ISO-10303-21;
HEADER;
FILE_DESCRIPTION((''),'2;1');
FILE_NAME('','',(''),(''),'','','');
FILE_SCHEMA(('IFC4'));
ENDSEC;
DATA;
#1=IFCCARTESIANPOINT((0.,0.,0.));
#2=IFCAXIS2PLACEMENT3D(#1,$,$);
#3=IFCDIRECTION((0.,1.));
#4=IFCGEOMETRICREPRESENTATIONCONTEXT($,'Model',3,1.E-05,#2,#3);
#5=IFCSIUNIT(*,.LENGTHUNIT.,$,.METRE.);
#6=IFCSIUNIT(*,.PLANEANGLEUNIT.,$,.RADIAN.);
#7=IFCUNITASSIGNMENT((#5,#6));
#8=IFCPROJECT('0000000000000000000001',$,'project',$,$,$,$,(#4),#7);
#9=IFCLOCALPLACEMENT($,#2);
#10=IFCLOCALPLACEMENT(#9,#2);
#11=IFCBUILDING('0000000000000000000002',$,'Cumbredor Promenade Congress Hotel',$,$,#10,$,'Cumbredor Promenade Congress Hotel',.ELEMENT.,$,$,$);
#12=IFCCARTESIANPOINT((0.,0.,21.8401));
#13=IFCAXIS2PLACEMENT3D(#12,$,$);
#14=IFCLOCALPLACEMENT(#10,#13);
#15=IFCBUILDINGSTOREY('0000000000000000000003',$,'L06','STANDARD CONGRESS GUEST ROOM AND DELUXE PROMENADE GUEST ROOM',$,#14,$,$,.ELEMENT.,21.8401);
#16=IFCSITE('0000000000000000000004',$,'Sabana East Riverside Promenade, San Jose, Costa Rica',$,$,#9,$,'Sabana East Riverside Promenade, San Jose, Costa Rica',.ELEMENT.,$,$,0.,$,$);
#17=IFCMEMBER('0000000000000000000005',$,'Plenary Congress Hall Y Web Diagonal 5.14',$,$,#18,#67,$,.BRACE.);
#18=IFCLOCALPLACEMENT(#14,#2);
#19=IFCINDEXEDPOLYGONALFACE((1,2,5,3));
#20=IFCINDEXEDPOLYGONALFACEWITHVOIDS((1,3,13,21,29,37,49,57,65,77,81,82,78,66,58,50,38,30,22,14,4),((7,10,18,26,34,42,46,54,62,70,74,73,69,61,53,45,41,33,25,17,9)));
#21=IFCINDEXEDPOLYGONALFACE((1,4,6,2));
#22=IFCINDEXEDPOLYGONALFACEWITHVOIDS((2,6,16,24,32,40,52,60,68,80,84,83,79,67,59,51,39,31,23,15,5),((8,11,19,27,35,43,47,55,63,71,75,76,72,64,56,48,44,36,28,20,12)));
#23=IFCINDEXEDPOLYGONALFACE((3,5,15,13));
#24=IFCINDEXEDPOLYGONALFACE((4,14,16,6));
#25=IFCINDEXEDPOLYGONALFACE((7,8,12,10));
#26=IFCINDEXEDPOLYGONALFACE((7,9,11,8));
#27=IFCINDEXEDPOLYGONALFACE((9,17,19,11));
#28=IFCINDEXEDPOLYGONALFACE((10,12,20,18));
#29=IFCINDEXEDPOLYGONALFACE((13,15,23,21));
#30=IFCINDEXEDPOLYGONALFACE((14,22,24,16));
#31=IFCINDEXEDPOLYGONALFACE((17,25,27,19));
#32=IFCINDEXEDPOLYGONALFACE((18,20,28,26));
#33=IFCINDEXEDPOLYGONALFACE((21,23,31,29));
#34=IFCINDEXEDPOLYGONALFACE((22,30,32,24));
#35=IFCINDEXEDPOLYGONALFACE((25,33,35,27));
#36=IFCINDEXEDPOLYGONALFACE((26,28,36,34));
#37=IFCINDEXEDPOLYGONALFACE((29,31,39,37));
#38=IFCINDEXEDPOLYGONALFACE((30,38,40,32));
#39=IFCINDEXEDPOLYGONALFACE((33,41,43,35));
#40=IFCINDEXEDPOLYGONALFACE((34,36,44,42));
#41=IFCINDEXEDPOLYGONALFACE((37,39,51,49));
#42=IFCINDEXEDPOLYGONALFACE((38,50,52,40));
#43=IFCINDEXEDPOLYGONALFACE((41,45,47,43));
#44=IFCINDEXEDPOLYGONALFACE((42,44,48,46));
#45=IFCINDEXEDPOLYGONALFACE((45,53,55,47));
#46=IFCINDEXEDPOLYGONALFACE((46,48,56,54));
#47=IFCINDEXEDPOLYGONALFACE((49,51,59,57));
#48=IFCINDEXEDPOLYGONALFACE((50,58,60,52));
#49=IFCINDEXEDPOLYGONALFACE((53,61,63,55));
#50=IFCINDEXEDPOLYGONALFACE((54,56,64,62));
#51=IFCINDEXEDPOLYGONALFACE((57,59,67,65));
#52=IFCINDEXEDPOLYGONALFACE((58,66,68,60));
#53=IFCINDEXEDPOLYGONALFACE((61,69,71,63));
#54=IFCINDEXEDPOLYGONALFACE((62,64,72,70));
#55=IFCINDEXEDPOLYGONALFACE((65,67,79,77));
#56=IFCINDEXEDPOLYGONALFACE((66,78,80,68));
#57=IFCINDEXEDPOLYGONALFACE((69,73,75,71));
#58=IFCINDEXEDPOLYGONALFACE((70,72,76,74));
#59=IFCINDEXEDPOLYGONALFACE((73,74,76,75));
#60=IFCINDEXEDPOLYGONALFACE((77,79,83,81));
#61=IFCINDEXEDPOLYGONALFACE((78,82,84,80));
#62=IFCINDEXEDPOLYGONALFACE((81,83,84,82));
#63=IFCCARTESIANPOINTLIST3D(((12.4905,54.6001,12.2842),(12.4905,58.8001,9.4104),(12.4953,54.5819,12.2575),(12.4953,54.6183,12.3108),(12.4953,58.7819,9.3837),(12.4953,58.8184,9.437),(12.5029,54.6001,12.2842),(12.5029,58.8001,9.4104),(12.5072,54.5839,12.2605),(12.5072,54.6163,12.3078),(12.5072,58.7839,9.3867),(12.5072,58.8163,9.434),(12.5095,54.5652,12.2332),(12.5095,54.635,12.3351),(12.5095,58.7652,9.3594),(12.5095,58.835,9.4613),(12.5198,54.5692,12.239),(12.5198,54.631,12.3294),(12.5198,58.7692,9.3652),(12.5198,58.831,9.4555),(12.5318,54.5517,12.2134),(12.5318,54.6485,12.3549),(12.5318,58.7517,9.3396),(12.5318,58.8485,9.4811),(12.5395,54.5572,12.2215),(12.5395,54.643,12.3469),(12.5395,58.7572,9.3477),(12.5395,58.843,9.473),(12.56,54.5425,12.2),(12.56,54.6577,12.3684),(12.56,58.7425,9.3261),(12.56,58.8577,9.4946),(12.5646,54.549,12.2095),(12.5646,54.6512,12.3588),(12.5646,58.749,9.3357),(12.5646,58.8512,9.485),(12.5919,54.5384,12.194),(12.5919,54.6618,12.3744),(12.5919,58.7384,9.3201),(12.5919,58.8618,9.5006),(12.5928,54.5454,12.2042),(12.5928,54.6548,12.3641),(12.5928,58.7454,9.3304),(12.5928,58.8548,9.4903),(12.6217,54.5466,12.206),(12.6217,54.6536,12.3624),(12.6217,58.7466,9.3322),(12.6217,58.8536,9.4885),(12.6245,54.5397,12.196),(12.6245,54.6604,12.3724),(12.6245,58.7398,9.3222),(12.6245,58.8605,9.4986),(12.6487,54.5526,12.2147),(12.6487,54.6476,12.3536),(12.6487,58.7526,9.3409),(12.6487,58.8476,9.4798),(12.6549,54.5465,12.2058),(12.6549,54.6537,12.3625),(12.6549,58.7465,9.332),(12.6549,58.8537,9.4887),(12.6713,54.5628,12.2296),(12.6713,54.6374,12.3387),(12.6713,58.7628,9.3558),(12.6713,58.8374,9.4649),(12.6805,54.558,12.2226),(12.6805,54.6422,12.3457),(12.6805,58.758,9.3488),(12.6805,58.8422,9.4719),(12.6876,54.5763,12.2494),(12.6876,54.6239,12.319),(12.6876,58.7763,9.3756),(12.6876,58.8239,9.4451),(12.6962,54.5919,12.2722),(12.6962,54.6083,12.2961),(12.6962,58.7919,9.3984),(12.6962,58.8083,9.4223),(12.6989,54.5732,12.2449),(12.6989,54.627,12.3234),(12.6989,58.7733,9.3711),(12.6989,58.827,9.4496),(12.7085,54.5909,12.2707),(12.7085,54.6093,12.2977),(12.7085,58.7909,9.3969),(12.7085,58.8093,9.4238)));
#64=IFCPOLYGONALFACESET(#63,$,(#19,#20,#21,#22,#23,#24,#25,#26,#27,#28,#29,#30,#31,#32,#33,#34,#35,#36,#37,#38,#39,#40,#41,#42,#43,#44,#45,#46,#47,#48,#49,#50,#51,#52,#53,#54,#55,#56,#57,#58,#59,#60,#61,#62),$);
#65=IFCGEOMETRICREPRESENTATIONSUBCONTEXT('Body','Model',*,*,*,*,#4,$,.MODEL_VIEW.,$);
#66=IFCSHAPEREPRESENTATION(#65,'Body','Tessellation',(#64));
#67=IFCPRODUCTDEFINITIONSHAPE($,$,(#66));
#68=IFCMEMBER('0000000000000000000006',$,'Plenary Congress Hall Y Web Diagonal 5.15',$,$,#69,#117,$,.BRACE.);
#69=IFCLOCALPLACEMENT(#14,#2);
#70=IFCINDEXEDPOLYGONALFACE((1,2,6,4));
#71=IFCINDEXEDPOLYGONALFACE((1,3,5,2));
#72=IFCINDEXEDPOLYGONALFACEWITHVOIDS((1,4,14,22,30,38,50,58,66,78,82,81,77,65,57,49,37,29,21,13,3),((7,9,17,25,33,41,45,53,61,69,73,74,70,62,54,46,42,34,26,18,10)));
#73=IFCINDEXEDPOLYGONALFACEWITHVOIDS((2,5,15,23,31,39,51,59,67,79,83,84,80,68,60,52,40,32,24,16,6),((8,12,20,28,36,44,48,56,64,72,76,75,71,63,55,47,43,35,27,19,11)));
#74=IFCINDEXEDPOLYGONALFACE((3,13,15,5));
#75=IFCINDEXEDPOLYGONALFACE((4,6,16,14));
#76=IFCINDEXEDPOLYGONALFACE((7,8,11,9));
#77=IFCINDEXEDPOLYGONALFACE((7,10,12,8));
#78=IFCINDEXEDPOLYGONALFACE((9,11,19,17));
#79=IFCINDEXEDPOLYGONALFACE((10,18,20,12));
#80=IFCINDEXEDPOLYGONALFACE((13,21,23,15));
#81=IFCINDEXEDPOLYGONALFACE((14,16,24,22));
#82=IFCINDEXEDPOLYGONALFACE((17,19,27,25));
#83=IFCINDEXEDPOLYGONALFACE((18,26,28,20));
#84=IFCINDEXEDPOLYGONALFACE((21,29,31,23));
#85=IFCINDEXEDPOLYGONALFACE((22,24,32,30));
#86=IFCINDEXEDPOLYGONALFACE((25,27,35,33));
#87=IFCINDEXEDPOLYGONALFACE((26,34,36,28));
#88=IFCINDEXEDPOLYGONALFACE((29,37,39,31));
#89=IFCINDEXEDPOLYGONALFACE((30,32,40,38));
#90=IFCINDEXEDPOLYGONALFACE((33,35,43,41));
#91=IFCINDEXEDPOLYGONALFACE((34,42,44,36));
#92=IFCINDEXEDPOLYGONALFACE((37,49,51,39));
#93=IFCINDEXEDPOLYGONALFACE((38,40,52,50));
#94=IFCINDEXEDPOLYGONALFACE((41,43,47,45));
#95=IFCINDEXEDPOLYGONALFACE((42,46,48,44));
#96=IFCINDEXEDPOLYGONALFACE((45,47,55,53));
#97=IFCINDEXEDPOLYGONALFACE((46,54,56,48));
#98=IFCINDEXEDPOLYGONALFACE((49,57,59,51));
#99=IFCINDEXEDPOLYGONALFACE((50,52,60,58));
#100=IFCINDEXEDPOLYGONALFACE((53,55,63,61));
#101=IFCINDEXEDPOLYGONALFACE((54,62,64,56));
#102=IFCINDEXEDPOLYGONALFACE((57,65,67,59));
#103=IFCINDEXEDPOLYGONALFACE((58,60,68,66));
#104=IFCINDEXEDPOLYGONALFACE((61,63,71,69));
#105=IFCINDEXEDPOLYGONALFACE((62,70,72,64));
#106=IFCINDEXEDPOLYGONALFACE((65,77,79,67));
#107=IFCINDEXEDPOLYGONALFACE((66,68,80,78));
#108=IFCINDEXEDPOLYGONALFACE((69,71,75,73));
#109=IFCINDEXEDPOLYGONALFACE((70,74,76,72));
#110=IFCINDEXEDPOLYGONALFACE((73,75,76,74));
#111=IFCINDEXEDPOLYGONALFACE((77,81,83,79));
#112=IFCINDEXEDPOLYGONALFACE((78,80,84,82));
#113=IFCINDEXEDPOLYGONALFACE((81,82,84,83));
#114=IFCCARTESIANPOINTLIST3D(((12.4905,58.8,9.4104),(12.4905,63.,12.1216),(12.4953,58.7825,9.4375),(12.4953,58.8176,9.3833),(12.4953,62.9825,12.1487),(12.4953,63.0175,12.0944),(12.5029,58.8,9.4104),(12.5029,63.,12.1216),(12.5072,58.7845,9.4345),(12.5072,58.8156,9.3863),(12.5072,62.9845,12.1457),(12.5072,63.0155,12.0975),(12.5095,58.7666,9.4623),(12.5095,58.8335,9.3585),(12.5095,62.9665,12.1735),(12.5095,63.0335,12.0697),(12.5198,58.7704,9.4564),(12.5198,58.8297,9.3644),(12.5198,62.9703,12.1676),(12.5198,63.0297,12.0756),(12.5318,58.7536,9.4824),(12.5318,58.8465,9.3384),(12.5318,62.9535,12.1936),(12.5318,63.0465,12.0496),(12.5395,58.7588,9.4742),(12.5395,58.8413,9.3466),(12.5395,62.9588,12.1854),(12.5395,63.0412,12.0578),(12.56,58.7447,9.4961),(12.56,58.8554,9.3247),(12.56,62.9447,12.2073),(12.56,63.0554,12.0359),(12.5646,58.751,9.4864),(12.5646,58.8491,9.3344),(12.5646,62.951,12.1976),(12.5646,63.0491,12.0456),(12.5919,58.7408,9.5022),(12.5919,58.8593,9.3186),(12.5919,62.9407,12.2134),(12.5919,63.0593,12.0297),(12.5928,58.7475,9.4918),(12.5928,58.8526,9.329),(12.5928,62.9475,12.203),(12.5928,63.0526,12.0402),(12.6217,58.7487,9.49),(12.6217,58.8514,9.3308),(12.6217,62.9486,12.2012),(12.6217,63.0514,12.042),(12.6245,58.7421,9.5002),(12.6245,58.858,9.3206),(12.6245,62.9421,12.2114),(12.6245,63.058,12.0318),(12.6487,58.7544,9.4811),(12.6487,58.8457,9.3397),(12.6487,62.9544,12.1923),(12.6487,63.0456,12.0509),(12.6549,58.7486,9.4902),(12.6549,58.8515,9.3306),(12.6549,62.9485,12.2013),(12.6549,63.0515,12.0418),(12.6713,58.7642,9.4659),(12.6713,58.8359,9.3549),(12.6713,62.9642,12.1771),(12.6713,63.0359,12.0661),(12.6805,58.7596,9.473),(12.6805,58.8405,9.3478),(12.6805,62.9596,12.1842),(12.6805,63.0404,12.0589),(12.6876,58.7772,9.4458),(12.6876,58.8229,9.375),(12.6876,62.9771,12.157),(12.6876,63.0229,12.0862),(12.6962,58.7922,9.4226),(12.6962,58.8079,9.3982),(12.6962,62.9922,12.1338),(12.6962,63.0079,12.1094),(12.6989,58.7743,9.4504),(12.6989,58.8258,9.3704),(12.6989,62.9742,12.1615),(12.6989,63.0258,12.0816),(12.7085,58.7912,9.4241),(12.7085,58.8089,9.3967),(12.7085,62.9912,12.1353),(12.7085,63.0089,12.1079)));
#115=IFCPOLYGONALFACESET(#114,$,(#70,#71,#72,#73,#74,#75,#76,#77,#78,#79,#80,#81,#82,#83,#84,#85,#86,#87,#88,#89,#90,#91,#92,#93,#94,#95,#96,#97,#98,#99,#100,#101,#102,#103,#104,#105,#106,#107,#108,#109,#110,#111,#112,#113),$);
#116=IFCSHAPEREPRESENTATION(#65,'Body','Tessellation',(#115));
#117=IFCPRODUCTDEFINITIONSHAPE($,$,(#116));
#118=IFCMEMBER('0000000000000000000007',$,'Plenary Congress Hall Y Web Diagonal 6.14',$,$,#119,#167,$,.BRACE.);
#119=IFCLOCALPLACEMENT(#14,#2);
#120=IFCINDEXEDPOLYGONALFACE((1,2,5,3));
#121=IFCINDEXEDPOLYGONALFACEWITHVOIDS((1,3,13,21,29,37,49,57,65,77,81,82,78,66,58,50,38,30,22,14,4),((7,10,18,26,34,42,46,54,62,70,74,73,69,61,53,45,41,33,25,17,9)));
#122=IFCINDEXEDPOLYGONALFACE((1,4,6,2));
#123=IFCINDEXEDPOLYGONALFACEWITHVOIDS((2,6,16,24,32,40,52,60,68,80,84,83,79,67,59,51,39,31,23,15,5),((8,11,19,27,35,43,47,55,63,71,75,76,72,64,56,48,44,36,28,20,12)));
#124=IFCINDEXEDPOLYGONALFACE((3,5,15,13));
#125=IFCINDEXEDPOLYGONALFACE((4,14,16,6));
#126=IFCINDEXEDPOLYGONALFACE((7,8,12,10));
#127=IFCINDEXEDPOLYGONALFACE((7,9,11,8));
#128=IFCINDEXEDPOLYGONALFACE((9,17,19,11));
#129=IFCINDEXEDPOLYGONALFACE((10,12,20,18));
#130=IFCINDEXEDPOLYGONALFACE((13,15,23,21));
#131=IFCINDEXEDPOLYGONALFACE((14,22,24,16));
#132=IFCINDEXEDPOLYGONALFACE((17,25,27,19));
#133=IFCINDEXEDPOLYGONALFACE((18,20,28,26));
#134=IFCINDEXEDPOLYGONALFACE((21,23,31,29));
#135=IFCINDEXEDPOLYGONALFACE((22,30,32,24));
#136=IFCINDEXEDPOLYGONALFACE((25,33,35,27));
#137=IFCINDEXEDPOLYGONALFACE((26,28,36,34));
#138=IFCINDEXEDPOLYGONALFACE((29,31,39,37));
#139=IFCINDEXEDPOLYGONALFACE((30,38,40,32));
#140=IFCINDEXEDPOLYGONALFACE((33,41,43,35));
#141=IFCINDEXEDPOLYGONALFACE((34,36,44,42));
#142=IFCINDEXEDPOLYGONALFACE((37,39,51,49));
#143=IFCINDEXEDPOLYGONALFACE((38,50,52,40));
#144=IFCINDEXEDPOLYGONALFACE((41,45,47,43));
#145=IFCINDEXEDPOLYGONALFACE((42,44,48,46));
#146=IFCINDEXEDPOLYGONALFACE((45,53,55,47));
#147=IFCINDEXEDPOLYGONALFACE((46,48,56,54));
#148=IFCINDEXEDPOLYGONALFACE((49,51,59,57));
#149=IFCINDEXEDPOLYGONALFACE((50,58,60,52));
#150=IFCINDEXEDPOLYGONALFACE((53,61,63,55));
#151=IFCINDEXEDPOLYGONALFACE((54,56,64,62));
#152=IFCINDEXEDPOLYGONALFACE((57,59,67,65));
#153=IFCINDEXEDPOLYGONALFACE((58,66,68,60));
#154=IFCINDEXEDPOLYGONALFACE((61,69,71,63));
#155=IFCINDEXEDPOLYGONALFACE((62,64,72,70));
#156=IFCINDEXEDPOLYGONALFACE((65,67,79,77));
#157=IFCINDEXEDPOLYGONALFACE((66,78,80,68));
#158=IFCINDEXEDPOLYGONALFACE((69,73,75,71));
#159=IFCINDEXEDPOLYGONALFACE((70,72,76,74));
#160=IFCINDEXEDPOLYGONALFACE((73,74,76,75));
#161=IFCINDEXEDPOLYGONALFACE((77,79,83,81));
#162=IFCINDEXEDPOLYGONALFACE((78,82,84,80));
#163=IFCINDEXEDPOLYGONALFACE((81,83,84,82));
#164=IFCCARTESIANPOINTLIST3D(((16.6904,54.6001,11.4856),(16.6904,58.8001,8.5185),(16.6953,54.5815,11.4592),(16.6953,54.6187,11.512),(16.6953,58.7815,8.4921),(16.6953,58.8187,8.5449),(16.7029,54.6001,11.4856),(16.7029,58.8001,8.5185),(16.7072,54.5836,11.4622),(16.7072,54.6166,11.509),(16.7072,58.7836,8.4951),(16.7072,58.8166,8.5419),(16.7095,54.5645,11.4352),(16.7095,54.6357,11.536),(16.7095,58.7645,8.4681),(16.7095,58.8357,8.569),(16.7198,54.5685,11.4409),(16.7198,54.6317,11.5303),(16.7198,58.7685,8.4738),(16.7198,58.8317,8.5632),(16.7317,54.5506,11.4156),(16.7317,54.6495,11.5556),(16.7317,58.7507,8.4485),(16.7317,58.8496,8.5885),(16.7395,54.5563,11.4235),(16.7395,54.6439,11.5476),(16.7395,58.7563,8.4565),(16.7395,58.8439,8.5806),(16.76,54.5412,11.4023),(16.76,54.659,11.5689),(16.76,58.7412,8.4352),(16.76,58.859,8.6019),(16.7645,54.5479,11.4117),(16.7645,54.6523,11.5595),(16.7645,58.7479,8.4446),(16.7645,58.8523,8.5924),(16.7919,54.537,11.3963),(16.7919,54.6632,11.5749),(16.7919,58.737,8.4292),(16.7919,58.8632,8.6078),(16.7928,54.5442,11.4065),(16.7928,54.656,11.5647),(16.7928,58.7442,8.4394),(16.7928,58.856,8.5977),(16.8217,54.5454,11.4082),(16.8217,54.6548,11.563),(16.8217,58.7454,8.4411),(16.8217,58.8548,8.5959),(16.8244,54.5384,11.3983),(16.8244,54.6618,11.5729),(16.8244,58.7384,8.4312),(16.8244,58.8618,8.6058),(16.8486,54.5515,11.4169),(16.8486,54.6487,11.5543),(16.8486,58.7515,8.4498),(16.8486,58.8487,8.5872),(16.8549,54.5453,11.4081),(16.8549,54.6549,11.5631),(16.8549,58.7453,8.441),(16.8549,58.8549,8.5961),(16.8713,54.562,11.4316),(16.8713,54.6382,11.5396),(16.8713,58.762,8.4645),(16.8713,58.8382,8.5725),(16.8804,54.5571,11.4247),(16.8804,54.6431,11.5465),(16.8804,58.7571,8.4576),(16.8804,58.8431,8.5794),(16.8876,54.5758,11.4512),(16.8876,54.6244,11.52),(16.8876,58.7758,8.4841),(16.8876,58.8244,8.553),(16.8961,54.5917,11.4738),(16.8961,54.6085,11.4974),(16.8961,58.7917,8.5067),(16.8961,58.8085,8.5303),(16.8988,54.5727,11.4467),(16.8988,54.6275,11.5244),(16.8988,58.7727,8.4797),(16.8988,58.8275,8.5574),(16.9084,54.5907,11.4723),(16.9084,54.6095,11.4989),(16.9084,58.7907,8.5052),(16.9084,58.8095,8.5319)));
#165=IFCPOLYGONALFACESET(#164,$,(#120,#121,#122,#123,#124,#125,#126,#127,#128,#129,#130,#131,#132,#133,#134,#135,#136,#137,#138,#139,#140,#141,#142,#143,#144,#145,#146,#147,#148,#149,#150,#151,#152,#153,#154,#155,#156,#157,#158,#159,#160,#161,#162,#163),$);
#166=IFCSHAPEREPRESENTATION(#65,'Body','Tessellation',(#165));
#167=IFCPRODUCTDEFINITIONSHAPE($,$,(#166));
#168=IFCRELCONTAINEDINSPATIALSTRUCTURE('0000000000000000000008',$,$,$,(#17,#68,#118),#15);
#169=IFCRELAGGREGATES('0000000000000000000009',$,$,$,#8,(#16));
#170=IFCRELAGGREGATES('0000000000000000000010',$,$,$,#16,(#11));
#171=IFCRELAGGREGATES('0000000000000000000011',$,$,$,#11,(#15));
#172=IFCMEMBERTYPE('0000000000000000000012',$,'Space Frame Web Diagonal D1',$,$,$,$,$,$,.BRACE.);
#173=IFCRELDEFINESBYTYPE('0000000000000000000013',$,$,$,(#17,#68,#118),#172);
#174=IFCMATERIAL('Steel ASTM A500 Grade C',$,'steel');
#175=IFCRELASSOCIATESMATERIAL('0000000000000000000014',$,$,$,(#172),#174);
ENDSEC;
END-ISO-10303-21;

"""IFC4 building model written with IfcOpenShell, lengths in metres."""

from ifc_helpers import new_model, si_unit, direction, frame, origin, origin_2d, place, context, subcontext, project, spatial, hollow_circle, extrude, material, material_profile, profile_set, type_object, element, save


model = new_model("IFC4")

# Units and contexts
model_context = context("Model", 3, precision=1e-05, world=origin(), true_north=direction((0.0, 1.0)))
body_context = subcontext(model_context, "Body", "Model", "MODEL_VIEW")
ifc_project = project(units=[si_unit("LENGTHUNIT", "METRE"), si_unit("PLANEANGLEUNIT", "RADIAN")], contexts=[model_context])

# Site, building, storey
site_placement = place(None, origin())
site = spatial("IfcSite", under=ifc_project, at=site_placement, Name="Sabana East Riverside Promenade, San Jose, Costa Rica", LongName="Sabana East Riverside Promenade, San Jose, Costa Rica", CompositionType="ELEMENT", RefElevation=0.0)
building_placement = place(site_placement, origin())
building = spatial("IfcBuilding", under=site, at=building_placement, Name="Cumbredor Promenade Congress Hotel", LongName="Cumbredor Promenade Congress Hotel", CompositionType="ELEMENT")
storey_placement = place(building_placement, frame((0.0, 0.0, 21.8401)))
storey = spatial("IfcBuildingStorey", under=building, at=storey_placement, Name="L06", Description="STANDARD CONGRESS GUEST ROOM AND DELUXE PROMENADE GUEST ROOM", CompositionType="ELEMENT", Elevation=21.8401)

# Members
ifc_material_1 = material(Name="Steel ASTM A500 Grade C", Category="steel")
ifc_material_profile_1 = material_profile(ifc_material_1, hollow_circle(Radius=0.1096, WallThickness=0.0125, at=origin_2d()), Name="CHS 219.1x12.5")
ifc_profile_set_1 = profile_set([ifc_material_profile_1], Name="Steel ASTM A500 Grade C")
member_type_1 = type_object("IfcMemberType", Name="Space Frame Web Diagonal D1", PredefinedType="BRACE", material=ifc_profile_set_1)
member_1_placement = place(storey_placement, frame((12.6001, 54.6001, 12.2842), z_axis=(0.0, 0.825295, -0.564701), x_axis=(-1.0, 0.0, 0.0)))
element("IfcMember", 1, at=member_1_placement, inside=storey, type_object=member_type_1, Name="Plenary Congress Hall Y Web Diagonal 5.14", PredefinedType="BRACE", context=body_context, shape_type="SweptSolid", body=[
    extrude(hollow_circle(Radius=0.1096, WallThickness=0.0125, at=origin_2d()), origin(), (0.0, 0.0, 1.0), 5.0891),
])
member_2_placement = place(storey_placement, frame((12.6001, 58.8, 9.4104), z_axis=(0.0, 0.840157, 0.542344), x_axis=(-1.0, 0.0, 0.0)))
element("IfcMember", 2, at=member_2_placement, inside=storey, type_object=member_type_1, Name="Plenary Congress Hall Y Web Diagonal 5.15", PredefinedType="BRACE", context=body_context, shape_type="SweptSolid", body=[
    extrude(hollow_circle(Radius=0.1096, WallThickness=0.0125, at=origin_2d()), origin(), (0.0, 0.0, 1.0), 4.999),
])
member_3_placement = place(storey_placement, frame((16.8, 54.6001, 11.4856), z_axis=(0.0, 0.816751, -0.576991), x_axis=(-1.0, 0.0, 0.0)))
element("IfcMember", 3, at=member_3_placement, inside=storey, type_object=member_type_1, Name="Plenary Congress Hall Y Web Diagonal 6.14", PredefinedType="BRACE", context=body_context, shape_type="SweptSolid", body=[
    extrude(hollow_circle(Radius=0.1096, WallThickness=0.0125, at=origin_2d()), origin(), (0.0, 0.0, 1.0), 5.1423),
])

save(model, "model.ifc")
